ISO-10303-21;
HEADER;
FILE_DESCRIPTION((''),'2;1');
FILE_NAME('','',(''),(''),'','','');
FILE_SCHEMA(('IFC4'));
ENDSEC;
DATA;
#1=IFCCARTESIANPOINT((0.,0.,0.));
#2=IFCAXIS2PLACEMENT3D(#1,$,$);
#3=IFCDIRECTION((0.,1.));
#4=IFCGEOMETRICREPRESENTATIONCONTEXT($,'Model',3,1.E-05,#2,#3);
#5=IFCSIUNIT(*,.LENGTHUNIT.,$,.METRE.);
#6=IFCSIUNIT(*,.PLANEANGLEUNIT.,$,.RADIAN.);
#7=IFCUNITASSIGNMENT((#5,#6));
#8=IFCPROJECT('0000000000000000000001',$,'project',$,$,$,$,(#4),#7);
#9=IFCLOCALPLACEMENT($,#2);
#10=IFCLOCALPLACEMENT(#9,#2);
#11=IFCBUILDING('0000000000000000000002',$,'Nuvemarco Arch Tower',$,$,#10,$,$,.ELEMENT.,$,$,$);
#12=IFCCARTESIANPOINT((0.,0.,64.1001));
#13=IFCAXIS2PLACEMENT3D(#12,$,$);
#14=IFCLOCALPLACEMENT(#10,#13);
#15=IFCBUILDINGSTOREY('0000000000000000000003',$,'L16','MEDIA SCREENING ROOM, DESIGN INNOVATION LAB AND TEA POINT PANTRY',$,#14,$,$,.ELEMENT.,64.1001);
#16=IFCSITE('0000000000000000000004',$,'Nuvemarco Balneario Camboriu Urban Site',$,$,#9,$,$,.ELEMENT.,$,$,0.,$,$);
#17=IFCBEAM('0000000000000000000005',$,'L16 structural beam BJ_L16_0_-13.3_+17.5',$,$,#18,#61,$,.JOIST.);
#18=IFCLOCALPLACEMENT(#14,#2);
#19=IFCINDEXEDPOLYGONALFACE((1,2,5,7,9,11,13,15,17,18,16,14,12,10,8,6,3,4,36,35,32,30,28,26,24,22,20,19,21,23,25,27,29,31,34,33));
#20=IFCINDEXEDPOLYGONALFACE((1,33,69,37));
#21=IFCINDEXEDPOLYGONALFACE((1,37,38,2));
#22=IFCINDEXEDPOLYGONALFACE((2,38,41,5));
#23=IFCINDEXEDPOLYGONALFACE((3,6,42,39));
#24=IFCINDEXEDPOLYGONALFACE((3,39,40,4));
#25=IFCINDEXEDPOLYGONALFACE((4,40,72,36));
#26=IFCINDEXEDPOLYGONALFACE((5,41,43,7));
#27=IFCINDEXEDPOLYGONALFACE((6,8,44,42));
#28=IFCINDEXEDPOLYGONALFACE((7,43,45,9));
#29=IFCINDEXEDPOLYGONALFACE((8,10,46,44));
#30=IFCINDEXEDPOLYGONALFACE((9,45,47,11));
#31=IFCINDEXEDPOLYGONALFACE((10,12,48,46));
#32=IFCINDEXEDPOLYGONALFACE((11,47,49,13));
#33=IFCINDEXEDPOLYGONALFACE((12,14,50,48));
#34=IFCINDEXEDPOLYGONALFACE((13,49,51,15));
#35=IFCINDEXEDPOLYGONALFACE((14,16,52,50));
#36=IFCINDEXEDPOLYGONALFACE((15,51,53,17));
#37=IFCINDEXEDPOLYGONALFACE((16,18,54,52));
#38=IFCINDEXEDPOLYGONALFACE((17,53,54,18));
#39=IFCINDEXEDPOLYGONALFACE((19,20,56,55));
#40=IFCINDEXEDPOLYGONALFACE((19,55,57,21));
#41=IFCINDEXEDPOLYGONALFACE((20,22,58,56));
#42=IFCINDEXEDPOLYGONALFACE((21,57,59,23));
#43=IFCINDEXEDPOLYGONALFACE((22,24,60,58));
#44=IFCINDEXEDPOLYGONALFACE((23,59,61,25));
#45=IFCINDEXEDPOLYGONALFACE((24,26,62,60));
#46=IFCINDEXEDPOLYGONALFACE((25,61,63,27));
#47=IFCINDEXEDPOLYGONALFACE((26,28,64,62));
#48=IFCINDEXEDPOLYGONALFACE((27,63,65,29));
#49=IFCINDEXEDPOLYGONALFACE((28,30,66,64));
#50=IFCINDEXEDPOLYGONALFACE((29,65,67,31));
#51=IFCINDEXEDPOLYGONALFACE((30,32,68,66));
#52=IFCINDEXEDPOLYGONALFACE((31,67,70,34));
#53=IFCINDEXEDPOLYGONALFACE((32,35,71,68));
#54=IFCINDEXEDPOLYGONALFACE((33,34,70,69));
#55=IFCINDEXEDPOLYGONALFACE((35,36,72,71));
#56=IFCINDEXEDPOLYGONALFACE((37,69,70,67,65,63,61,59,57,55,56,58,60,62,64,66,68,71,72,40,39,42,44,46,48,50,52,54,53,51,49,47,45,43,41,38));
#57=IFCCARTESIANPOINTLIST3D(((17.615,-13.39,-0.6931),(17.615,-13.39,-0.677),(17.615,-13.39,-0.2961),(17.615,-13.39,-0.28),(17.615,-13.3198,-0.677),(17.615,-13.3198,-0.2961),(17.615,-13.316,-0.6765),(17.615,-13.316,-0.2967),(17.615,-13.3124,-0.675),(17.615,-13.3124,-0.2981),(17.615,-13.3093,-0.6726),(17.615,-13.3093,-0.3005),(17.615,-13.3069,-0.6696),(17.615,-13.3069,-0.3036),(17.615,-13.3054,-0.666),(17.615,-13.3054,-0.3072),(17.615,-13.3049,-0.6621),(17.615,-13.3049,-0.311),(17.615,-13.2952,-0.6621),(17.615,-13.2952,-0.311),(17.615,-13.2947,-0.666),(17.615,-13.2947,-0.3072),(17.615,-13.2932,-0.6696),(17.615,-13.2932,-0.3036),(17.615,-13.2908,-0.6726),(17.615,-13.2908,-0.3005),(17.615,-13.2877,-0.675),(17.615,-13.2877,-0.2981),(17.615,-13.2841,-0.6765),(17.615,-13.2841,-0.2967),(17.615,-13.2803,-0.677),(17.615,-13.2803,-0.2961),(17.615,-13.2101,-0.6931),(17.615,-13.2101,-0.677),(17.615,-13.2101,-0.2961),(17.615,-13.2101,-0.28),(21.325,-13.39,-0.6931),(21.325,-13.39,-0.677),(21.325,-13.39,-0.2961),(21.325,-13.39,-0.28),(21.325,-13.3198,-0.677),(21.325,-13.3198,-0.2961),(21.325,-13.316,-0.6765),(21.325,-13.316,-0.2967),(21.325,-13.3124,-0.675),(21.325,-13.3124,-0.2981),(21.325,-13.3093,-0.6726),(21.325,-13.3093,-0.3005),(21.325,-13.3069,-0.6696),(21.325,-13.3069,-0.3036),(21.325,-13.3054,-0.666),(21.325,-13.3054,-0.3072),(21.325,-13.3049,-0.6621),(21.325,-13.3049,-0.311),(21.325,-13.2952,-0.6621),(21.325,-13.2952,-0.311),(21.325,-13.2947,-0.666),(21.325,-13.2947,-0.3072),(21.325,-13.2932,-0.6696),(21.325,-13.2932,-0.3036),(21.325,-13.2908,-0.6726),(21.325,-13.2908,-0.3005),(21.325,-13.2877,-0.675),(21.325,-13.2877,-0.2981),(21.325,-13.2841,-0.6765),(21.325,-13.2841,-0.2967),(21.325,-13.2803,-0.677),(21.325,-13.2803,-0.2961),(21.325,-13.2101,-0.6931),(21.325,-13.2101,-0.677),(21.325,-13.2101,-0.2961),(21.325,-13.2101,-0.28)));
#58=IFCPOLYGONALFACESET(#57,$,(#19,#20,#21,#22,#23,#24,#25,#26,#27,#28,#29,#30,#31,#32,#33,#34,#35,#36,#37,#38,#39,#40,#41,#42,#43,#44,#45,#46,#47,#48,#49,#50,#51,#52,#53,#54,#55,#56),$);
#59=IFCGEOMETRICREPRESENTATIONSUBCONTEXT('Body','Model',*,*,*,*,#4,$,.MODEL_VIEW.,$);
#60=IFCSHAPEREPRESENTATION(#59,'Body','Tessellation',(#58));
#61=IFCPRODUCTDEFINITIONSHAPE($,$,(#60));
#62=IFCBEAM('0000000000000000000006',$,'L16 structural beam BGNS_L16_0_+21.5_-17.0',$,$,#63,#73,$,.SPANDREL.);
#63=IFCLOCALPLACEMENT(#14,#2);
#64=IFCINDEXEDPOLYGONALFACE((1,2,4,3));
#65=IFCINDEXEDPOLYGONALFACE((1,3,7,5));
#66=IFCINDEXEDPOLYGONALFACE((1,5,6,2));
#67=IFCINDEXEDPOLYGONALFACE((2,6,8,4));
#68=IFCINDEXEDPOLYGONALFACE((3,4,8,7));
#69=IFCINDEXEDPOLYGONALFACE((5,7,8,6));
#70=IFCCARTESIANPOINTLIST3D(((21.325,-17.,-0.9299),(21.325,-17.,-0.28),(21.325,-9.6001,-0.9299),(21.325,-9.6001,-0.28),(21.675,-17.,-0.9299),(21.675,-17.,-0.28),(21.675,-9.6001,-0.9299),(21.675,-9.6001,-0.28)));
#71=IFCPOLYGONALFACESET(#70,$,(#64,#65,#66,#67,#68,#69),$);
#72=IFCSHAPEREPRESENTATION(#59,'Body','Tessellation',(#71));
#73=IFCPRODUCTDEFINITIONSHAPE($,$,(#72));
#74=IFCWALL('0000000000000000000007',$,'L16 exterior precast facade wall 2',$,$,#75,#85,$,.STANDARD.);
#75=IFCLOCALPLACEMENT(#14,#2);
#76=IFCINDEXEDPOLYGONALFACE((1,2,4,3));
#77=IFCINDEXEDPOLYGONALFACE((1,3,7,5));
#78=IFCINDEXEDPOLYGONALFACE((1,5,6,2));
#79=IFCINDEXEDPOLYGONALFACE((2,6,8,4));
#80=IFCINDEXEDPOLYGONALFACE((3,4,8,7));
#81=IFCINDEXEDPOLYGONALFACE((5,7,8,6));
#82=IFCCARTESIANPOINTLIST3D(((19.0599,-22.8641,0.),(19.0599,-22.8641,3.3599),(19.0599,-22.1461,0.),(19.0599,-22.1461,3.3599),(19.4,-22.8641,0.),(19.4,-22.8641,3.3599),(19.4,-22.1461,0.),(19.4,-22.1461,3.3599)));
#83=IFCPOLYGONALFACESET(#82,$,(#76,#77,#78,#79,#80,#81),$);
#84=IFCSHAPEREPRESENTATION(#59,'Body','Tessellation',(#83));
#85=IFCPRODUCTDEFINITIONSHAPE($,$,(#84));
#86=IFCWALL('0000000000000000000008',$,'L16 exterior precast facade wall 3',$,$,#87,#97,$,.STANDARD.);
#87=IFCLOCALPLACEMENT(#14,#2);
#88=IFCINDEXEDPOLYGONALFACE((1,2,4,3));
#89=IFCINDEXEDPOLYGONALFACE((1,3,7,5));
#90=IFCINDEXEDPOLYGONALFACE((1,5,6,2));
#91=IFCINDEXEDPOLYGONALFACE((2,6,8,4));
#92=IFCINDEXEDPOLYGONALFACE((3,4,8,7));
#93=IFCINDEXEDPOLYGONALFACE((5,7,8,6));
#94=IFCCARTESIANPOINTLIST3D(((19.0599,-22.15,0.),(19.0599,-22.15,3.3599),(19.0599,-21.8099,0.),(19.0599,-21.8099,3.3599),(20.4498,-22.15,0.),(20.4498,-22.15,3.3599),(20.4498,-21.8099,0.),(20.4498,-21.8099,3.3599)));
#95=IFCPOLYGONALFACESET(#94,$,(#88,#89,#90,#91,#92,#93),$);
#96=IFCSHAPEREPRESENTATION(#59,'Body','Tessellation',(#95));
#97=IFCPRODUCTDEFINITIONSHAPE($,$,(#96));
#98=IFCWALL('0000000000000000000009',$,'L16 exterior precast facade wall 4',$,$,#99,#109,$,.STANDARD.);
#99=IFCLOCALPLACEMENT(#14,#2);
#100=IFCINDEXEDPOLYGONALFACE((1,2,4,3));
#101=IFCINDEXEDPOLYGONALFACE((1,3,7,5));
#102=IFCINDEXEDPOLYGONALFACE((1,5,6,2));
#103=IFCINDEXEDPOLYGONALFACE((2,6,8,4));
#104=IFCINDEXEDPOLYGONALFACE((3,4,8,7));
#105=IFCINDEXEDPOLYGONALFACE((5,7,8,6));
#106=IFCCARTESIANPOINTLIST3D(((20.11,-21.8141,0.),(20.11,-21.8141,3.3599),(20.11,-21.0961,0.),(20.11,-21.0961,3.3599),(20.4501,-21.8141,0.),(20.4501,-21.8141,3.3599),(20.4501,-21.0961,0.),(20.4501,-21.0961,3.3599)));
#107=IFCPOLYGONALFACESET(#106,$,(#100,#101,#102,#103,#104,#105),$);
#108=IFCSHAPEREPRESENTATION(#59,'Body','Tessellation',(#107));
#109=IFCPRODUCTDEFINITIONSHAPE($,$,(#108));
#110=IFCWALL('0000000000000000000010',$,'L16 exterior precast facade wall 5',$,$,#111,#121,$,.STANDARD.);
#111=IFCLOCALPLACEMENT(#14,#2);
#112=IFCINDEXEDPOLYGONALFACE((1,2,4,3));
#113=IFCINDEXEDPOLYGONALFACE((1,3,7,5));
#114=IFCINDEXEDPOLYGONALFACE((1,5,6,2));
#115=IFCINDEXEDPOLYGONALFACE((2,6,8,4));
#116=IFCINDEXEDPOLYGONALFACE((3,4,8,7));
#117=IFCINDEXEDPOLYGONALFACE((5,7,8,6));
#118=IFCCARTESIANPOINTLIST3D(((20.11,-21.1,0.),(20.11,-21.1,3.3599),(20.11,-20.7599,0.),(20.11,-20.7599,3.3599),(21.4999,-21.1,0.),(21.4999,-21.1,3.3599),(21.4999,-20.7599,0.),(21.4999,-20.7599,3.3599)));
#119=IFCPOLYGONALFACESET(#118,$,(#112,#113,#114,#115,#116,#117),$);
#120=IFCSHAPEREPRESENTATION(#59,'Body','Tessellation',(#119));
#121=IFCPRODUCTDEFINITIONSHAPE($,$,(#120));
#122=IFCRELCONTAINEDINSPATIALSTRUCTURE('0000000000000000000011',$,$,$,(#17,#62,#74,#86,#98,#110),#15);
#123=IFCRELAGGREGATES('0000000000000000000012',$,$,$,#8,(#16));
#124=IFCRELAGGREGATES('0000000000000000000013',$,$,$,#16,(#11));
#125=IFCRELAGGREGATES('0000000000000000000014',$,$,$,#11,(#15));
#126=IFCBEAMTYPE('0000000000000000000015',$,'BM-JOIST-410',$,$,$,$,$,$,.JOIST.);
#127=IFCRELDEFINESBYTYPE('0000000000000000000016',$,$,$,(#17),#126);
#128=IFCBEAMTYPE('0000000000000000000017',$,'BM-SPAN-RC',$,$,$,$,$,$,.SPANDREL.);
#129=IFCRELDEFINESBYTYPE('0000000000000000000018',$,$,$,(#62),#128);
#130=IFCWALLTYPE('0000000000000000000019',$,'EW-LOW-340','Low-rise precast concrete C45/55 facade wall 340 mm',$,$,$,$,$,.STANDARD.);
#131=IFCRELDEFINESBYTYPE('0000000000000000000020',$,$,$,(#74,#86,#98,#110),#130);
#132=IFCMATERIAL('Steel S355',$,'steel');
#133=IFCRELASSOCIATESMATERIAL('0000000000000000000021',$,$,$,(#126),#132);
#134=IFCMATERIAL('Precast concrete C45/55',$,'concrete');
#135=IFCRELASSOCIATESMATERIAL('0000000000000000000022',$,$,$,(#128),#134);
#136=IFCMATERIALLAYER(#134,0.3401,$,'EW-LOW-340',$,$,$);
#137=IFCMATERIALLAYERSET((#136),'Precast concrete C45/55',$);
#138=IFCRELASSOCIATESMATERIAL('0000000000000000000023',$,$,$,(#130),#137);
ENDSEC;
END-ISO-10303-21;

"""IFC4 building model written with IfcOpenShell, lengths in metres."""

from ifc_helpers import new_model, si_unit, direction, frame, frame_2d, origin, origin_2d, place, context, subcontext, project, spatial, rectangle, i_section, extrude, material, layer, layer_set, material_profile, profile_set, type_object, element, save


model = new_model("IFC4")

# Units and contexts
model_context = context("Model", 3, precision=1e-05, world=origin(), true_north=direction((0.0, 1.0)))
body_context = subcontext(model_context, "Body", "Model", "MODEL_VIEW")
ifc_project = project(units=[si_unit("LENGTHUNIT", "METRE"), si_unit("PLANEANGLEUNIT", "RADIAN")], contexts=[model_context])

# Site, building, storey
site_placement = place(None, origin())
site = spatial("IfcSite", under=ifc_project, at=site_placement, Name="Nuvemarco Balneario Camboriu Urban Site", CompositionType="ELEMENT", RefElevation=0.0)
building_placement = place(site_placement, origin())
building = spatial("IfcBuilding", under=site, at=building_placement, Name="Nuvemarco Arch Tower", CompositionType="ELEMENT")
storey_placement = place(building_placement, frame((0.0, 0.0, 64.1001)))
storey = spatial("IfcBuildingStorey", under=building, at=storey_placement, Name="L16", Description="MEDIA SCREENING ROOM, DESIGN INNOVATION LAB AND TEA POINT PANTRY", CompositionType="ELEMENT", Elevation=64.1001)

# Shared definitions
ifc_material_1 = material(Name="Steel S355", Category="steel")

# Beams
ifc_material_profile_1 = material_profile(ifc_material_1, i_section(OverallWidth=0.1799, OverallDepth=0.4131, WebThickness=0.0098, FlangeThickness=0.0161, FilletRadius=0.0149, at=origin_2d()), Name="W410x75")
ifc_profile_set_1 = profile_set([ifc_material_profile_1], Name="Steel S355")
beam_type_1 = type_object("IfcBeamType", Name="BM-JOIST-410", PredefinedType="JOIST", material=ifc_profile_set_1)
beam_1_placement = place(storey_placement, frame((17.615, -13.3, -0.4866), z_axis=(1.0, 0.0, 0.0), x_axis=(0.0, 1.0, 0.0)))
element("IfcBeam", 1, at=beam_1_placement, inside=storey, type_object=beam_type_1, Name="L16 structural beam BJ_L16_0_-13.3_+17.5", PredefinedType="JOIST", context=body_context, shape_type="SweptSolid", body=[
    extrude(i_section(OverallWidth=0.1799, OverallDepth=0.4131, WebThickness=0.0098, FlangeThickness=0.0161, FilletRadius=0.0149, at=origin_2d()), origin(), (0.0, 0.0, 1.0), 3.71),
])
ifc_material_2 = material(Name="Precast concrete C45/55", Category="concrete")
ifc_material_profile_2 = material_profile(ifc_material_2, rectangle(XDim=0.3501, YDim=0.6499, at=origin_2d()), Name="PC-SP-350x650")
ifc_profile_set_2 = profile_set([ifc_material_profile_2], Name="Precast concrete C45/55")
beam_type_2 = type_object("IfcBeamType", Name="BM-SPAN-RC", PredefinedType="SPANDREL", material=ifc_profile_set_2)
beam_2_placement = place(storey_placement, frame((21.5, -17.0, -0.605), z_axis=(0.0, 1.0, 0.0), x_axis=(-1.0, 0.0, 0.0)))
element("IfcBeam", 2, at=beam_2_placement, inside=storey, type_object=beam_type_2, Name="L16 structural beam BGNS_L16_0_+21.5_-17.0", PredefinedType="SPANDREL", context=body_context, shape_type="SweptSolid", body=[
    extrude(rectangle(XDim=0.3501, YDim=0.6499, at=origin_2d()), origin(), (0.0, 0.0, 1.0), 7.3999),
])

# Walls
ifc_layer_1 = layer(ifc_material_2, 0.3401, Name="EW-LOW-340")
ifc_layer_set_1 = layer_set([ifc_layer_1], Name="Precast concrete C45/55")
wall_type_1 = type_object("IfcWallType", Name="EW-LOW-340", Description="Low-rise precast concrete C45/55 facade wall 340 mm", PredefinedType="STANDARD", material=ifc_layer_set_1)
wall_1_placement = place(storey_placement, frame((19.23, -22.864, 0.0), z_axis=(0.0, 0.0, 1.0), x_axis=(0.0, 1.0, 0.0)))
element("IfcWall", 3, at=wall_1_placement, inside=storey, type_object=wall_type_1, Name="L16 exterior precast facade wall 2", PredefinedType="STANDARD", context=body_context, shape_type="SweptSolid", body=[
    extrude(rectangle(XDim=0.718, YDim=0.3401, at=frame_2d((0.3589, 0.0))), origin(), (0.0, 0.0, 1.0), 3.3599),
])
wall_2_placement = place(storey_placement, frame((19.0601, -21.98, 0.0), z_axis=(0.0, 0.0, 1.0), x_axis=(1.0, 0.0, 0.0)))
element("IfcWall", 4, at=wall_2_placement, inside=storey, type_object=wall_type_1, Name="L16 exterior precast facade wall 3", PredefinedType="STANDARD", context=body_context, shape_type="SweptSolid", body=[
    extrude(rectangle(XDim=1.3899, YDim=0.3401, at=frame_2d((0.6948, 0.0))), origin(), (0.0, 0.0, 1.0), 3.3599),
])
wall_3_placement = place(storey_placement, frame((20.28, -21.814, 0.0), z_axis=(0.0, 0.0, 1.0), x_axis=(0.0, 1.0, 0.0)))
element("IfcWall", 5, at=wall_3_placement, inside=storey, type_object=wall_type_1, Name="L16 exterior precast facade wall 4", PredefinedType="STANDARD", context=body_context, shape_type="SweptSolid", body=[
    extrude(rectangle(XDim=0.718, YDim=0.3401, at=frame_2d((0.3589, 0.0))), origin(), (0.0, 0.0, 1.0), 3.3599),
])
wall_4_placement = place(storey_placement, frame((20.1101, -20.9299, 0.0), z_axis=(0.0, 0.0, 1.0), x_axis=(1.0, 0.0, 0.0)))
element("IfcWall", 6, at=wall_4_placement, inside=storey, type_object=wall_type_1, Name="L16 exterior precast facade wall 5", PredefinedType="STANDARD", context=body_context, shape_type="SweptSolid", body=[
    extrude(rectangle(XDim=1.3899, YDim=0.3401, at=frame_2d((0.6948, 0.0))), origin(), (0.0, 0.0, 1.0), 3.3599),
])

save(model, "model.ifc")
